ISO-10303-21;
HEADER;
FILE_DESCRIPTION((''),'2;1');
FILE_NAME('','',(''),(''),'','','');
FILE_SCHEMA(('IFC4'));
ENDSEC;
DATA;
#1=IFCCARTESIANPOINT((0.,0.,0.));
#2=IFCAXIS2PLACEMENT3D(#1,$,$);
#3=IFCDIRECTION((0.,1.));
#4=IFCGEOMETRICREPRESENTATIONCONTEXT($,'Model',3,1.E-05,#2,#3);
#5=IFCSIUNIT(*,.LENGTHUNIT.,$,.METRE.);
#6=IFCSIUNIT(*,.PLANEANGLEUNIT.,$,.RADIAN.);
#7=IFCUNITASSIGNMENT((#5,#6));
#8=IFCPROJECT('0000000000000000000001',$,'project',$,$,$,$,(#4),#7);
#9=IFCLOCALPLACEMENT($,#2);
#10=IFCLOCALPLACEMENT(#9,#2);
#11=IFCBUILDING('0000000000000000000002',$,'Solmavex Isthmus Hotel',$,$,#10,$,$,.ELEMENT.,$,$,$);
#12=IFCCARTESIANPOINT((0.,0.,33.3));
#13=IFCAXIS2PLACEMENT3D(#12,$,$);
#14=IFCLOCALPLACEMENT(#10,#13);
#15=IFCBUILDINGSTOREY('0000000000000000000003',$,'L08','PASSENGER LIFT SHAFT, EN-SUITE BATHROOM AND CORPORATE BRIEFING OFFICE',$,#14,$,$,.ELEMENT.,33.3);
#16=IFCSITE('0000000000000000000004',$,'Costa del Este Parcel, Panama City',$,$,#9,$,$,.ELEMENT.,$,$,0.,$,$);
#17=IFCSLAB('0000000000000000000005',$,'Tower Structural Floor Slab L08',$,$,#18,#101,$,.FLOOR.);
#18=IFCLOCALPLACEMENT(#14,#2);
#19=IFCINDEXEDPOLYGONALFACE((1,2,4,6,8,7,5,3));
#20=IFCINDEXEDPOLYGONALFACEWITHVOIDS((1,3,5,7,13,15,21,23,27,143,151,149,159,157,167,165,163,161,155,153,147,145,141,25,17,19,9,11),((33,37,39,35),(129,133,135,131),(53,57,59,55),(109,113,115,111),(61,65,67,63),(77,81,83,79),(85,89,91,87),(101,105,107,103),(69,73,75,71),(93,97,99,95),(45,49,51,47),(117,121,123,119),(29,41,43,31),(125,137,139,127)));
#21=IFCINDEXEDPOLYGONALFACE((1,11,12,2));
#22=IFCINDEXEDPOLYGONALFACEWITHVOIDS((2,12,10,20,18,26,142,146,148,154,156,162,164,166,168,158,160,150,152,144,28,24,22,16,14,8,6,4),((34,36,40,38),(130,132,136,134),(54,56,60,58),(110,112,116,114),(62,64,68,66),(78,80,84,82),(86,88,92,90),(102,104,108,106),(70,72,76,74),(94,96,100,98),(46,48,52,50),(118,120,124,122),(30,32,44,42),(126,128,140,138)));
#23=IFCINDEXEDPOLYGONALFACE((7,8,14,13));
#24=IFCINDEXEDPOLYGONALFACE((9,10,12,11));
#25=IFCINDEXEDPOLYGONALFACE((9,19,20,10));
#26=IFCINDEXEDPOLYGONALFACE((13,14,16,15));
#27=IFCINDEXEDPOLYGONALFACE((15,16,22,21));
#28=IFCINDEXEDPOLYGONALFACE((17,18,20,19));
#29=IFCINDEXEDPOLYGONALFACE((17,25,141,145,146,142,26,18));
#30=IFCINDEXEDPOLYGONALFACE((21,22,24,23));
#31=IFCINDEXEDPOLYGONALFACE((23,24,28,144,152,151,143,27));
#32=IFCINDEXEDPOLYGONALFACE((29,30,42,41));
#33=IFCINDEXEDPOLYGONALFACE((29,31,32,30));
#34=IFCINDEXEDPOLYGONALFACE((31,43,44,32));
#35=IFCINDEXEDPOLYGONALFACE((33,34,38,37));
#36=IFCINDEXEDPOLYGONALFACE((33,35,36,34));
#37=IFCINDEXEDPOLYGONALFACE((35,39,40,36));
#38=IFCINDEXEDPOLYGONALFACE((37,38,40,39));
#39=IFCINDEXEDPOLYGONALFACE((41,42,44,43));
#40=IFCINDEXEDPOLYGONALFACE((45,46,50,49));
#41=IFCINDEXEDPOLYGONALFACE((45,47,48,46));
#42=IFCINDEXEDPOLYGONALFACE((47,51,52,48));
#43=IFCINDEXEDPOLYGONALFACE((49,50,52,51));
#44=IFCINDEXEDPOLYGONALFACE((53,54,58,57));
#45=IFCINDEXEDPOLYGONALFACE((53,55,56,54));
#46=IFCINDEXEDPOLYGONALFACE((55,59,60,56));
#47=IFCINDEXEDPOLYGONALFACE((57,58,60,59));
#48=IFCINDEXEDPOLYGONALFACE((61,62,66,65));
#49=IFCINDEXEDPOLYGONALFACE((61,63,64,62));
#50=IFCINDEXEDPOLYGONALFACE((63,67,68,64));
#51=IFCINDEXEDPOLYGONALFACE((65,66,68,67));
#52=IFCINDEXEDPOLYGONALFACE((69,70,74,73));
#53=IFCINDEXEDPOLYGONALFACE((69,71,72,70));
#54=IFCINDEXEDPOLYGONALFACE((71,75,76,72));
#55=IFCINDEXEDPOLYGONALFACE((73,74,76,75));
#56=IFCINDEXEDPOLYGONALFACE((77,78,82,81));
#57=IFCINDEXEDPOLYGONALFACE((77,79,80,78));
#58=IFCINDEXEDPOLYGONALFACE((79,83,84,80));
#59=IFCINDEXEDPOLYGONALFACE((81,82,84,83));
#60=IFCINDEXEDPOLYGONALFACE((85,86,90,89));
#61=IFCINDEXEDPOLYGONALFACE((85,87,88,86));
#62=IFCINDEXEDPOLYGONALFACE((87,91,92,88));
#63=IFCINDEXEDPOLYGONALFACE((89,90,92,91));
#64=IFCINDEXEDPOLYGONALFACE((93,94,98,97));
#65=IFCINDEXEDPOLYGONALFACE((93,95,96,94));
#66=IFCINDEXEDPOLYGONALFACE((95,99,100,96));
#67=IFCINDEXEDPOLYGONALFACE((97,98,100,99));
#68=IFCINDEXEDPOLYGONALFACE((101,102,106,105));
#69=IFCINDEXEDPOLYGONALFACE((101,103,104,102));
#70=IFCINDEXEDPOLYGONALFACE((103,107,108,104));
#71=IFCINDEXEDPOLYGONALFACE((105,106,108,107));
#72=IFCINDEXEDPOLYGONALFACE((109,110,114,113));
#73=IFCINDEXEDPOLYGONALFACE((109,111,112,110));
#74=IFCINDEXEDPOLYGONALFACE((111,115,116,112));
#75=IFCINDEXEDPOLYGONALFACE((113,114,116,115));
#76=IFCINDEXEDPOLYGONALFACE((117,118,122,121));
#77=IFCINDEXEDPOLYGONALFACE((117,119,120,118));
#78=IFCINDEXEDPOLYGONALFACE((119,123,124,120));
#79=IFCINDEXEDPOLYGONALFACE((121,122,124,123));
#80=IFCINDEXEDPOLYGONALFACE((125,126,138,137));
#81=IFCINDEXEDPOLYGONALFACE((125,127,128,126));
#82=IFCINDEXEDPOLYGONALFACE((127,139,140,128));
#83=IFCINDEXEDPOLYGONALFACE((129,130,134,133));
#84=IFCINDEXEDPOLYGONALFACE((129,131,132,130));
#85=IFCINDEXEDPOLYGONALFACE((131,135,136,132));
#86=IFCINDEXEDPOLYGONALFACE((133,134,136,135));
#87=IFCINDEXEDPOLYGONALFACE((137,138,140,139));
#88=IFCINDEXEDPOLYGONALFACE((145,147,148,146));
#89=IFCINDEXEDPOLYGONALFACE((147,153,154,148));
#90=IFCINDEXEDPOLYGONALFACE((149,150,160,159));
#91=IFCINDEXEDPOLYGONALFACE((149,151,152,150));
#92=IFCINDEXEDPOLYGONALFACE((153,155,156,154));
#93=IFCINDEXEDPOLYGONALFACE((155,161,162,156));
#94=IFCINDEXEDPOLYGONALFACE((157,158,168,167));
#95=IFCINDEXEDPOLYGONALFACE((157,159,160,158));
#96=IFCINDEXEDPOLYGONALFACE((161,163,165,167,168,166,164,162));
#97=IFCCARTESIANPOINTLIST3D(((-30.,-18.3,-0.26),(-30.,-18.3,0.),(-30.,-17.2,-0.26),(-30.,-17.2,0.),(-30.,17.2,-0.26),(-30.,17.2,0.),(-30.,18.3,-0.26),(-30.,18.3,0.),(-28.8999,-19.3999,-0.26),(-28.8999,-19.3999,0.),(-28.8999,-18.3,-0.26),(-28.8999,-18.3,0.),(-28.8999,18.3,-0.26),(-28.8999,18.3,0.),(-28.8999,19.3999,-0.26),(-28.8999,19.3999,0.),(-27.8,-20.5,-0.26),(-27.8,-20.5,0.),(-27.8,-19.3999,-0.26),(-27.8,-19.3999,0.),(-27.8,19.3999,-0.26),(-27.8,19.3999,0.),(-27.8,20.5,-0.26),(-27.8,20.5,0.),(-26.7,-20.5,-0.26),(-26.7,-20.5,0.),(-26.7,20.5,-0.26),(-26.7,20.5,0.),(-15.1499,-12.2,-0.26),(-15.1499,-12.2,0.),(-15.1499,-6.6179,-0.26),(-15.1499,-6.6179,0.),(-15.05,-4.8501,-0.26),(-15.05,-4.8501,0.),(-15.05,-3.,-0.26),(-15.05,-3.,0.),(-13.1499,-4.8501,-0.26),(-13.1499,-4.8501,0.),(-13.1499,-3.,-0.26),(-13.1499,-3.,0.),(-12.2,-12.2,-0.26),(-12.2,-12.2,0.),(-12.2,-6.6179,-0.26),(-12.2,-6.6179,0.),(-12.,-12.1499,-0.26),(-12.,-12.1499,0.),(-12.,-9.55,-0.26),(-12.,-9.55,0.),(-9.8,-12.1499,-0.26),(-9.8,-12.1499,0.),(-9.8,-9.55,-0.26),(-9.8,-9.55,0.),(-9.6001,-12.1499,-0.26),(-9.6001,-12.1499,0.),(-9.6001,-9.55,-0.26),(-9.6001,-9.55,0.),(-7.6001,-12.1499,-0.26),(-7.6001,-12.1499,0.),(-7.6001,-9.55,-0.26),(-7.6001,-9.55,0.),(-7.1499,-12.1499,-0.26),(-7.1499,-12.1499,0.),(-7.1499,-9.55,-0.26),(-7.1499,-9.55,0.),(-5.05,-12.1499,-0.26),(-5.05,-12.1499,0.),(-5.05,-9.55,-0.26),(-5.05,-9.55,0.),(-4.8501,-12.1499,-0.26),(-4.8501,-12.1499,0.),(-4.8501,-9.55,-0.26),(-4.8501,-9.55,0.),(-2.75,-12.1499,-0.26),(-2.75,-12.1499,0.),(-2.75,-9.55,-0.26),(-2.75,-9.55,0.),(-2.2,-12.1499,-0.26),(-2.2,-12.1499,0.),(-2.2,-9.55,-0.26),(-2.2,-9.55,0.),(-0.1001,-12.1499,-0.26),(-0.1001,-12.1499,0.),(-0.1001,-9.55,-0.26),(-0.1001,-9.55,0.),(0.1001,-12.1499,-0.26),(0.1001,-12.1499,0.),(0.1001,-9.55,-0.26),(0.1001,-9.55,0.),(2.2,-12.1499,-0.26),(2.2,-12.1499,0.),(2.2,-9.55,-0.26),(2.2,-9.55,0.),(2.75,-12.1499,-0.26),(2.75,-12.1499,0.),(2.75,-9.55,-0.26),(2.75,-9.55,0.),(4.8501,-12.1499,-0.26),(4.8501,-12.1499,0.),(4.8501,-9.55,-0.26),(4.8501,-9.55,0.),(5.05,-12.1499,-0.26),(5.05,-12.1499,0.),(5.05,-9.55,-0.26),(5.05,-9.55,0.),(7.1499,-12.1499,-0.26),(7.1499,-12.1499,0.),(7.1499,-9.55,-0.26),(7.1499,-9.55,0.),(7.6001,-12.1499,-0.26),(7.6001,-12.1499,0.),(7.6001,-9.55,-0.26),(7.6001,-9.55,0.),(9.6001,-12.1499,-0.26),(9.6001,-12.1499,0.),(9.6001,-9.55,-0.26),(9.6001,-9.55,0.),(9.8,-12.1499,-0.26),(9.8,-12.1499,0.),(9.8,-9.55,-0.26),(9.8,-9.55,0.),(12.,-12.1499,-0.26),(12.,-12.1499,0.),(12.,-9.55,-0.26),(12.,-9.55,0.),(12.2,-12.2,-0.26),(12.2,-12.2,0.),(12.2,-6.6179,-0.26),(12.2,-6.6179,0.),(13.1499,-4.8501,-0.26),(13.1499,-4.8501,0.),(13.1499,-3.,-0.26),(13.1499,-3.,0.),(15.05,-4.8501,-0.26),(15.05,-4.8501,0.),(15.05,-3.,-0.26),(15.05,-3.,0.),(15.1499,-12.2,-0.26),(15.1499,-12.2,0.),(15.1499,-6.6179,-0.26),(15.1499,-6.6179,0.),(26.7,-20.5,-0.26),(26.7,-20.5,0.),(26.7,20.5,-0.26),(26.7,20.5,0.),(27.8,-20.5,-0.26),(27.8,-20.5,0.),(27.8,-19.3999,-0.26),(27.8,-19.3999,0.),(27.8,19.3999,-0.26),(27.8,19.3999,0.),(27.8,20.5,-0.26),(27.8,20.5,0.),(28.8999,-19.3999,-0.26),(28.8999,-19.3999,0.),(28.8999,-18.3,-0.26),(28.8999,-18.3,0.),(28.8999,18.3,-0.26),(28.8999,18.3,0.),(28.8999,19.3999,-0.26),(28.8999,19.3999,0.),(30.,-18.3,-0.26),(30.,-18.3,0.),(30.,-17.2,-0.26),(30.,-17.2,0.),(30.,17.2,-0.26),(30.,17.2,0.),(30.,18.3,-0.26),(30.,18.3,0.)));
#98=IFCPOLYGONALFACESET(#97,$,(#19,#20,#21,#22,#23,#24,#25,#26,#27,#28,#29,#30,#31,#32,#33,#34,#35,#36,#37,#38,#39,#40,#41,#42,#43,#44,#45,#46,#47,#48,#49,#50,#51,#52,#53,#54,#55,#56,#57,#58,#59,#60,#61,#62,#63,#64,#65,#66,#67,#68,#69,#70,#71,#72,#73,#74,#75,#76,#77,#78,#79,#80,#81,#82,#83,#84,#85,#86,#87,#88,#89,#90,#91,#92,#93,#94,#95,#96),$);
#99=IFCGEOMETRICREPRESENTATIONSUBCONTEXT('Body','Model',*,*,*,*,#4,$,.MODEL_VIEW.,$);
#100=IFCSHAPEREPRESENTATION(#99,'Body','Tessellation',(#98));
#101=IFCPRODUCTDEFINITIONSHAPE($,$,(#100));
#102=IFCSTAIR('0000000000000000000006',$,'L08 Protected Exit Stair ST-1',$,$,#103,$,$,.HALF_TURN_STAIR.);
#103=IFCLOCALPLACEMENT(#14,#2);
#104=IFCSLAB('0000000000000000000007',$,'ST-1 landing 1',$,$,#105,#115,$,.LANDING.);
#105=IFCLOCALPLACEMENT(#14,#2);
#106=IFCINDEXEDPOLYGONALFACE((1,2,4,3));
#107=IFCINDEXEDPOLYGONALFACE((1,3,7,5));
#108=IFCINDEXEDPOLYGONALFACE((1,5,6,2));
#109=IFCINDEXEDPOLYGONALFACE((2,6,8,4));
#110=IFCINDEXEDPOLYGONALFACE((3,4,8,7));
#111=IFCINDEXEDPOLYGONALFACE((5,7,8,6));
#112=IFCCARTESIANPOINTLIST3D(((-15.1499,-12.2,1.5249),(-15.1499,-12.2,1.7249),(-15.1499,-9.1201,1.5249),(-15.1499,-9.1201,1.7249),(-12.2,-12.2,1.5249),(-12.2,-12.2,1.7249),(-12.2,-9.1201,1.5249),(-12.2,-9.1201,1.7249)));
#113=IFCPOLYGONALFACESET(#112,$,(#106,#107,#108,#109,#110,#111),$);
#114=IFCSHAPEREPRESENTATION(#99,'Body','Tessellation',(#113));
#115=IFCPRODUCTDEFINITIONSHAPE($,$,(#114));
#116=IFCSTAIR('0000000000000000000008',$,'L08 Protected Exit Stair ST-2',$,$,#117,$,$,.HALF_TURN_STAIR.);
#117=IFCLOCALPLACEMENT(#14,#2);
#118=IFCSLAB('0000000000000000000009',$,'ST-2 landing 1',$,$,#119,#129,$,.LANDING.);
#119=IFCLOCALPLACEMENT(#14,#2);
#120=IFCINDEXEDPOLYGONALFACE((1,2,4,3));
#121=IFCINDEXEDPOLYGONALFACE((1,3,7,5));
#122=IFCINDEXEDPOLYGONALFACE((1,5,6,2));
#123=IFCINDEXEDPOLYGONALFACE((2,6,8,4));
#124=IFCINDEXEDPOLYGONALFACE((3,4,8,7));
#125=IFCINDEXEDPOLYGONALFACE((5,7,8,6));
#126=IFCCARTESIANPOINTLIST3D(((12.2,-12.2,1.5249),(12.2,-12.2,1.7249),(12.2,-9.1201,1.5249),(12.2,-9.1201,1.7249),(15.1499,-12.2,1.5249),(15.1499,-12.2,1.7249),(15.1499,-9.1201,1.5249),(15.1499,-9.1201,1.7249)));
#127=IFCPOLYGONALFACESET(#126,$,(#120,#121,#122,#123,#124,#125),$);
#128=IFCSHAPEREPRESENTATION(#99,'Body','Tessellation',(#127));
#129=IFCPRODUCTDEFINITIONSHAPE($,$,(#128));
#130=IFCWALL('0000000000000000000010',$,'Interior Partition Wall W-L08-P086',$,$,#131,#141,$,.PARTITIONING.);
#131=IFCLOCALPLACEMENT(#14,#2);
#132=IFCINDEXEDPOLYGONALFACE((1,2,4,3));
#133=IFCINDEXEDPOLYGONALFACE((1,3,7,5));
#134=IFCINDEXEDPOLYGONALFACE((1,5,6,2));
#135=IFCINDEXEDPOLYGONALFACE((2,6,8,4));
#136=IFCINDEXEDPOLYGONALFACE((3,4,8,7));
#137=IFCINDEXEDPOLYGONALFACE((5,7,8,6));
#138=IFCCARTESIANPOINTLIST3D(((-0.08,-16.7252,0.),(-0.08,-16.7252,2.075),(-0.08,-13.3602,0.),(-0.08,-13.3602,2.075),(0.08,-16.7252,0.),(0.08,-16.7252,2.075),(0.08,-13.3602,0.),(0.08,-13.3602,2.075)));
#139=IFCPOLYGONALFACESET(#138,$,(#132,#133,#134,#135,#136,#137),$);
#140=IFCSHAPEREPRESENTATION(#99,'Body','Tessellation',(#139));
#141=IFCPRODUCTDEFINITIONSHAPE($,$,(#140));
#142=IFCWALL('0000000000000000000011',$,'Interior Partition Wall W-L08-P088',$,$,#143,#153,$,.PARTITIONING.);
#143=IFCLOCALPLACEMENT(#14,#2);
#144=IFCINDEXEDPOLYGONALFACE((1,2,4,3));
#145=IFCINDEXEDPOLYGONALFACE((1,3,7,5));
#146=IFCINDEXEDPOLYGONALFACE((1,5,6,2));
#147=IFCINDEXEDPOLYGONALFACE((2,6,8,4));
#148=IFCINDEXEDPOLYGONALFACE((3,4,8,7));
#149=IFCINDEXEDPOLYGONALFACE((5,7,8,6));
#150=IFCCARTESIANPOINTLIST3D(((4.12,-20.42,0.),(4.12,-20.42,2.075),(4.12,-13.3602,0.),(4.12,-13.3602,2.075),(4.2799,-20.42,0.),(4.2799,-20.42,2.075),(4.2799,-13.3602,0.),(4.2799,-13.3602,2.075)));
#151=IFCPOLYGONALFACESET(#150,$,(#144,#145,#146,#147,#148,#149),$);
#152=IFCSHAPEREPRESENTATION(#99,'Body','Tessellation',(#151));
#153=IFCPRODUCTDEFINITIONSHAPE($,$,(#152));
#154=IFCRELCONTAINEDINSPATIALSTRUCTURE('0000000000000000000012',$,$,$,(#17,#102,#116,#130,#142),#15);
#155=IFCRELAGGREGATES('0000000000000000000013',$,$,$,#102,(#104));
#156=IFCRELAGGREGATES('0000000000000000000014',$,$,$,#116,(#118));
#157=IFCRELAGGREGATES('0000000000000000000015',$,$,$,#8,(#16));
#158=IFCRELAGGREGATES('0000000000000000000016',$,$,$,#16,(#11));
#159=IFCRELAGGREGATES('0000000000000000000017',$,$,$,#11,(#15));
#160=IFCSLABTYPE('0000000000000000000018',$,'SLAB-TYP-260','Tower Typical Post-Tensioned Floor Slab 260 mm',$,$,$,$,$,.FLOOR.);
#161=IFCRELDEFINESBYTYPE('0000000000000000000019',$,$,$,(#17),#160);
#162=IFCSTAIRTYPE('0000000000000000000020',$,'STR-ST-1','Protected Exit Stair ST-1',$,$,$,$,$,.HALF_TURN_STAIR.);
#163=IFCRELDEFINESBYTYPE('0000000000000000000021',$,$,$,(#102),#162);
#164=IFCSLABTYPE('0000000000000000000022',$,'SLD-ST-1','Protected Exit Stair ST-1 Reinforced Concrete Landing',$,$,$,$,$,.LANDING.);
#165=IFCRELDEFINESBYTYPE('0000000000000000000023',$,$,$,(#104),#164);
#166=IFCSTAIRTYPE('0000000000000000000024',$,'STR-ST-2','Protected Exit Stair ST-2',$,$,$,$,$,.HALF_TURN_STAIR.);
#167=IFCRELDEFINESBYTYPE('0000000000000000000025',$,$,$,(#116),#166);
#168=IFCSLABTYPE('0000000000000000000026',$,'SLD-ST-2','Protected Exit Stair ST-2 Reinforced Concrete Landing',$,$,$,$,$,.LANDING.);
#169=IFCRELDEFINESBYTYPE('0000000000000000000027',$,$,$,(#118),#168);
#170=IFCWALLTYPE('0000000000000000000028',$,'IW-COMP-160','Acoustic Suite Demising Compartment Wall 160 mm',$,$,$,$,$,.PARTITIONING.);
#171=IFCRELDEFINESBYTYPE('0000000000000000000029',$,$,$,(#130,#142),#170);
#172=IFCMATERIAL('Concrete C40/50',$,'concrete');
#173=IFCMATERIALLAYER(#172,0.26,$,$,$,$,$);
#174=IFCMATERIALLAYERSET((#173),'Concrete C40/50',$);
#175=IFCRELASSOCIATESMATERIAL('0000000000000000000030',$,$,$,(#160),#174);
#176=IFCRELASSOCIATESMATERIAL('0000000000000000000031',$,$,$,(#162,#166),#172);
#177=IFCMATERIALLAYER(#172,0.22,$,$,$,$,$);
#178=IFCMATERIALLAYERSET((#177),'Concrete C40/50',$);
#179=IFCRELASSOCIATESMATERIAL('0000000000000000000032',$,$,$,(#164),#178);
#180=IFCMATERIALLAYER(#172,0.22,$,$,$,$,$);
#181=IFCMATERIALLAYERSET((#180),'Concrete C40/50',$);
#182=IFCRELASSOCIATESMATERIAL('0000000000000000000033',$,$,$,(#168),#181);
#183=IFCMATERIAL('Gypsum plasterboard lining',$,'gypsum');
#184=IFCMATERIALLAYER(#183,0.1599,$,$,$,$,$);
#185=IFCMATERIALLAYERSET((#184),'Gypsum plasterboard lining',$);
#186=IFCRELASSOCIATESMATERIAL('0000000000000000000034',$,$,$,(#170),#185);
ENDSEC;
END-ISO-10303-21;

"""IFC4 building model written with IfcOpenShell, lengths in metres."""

from ifc_helpers import new_model, si_unit, direction, frame, frame_2d, origin, place, context, subcontext, project, spatial, polyline, rectangle, outline, extrude, material, layer, layer_set, type_object, element, aggregate, save


model = new_model("IFC4")

# Units and contexts
model_context = context("Model", 3, precision=1e-05, world=origin(), true_north=direction((0.0, 1.0)))
body_context = subcontext(model_context, "Body", "Model", "MODEL_VIEW")
ifc_project = project(units=[si_unit("LENGTHUNIT", "METRE"), si_unit("PLANEANGLEUNIT", "RADIAN")], contexts=[model_context])

# Site, building, storey
site_placement = place(None, origin())
site = spatial("IfcSite", under=ifc_project, at=site_placement, Name="Costa del Este Parcel, Panama City", CompositionType="ELEMENT", RefElevation=0.0)
building_placement = place(site_placement, origin())
building = spatial("IfcBuilding", under=site, at=building_placement, Name="Solmavex Isthmus Hotel", CompositionType="ELEMENT")
storey_placement = place(building_placement, frame((0.0, 0.0, 33.3)))
storey = spatial("IfcBuildingStorey", under=building, at=storey_placement, Name="L08", Description="PASSENGER LIFT SHAFT, EN-SUITE BATHROOM AND CORPORATE BRIEFING OFFICE", CompositionType="ELEMENT", Elevation=33.3)

# Slab
ifc_material_1 = material(Name="Concrete C40/50", Category="concrete")
ifc_layer_1 = layer(ifc_material_1, 0.26)
ifc_layer_set_1 = layer_set([ifc_layer_1], Name="Concrete C40/50")
slab_type_1 = type_object("IfcSlabType", Name="SLAB-TYP-260", Description="Tower Typical Post-Tensioned Floor Slab 260 mm", PredefinedType="FLOOR", material=ifc_layer_set_1)
slab_1_placement = place(storey_placement, frame((0.0, 0.0, -0.26)))
element("IfcSlab", 1, at=slab_1_placement, inside=storey, type_object=slab_type_1, Name="Tower Structural Floor Slab L08", PredefinedType="FLOOR", context=body_context, shape_type="SweptSolid", body=[
    extrude(outline(polyline([(-26.7, -20.5), (26.7, -20.5), (27.8, -20.5), (27.8, -19.3999), (28.8999, -19.3999), (28.8999, -18.3), (30.0, -18.3), (30.0, -17.2), (30.0, 17.2), (30.0, 18.3), (28.8999, 18.3), (28.8999, 19.3999), (27.8, 19.3999), (27.8, 20.5), (26.7, 20.5), (-26.7, 20.5), (-27.8, 20.5), (-27.8, 19.3999), (-28.8999, 19.3999), (-28.8999, 18.3), (-30.0, 18.3), (-30.0, 17.2), (-30.0, -17.2), (-30.0, -18.3), (-28.8999, -18.3), (-28.8999, -19.3999), (-27.8, -19.3999), (-27.8, -20.5), (-26.7, -20.5)]), holes=[polyline([(-15.1499, -6.6179), (-15.1499, -12.2), (-12.2, -12.2), (-12.2, -6.6179), (-15.1499, -6.6179)]), polyline([(12.2, -6.6179), (12.2, -12.2), (15.1499, -12.2), (15.1499, -6.6179), (12.2, -6.6179)]), polyline([(-12.0, -12.1499), (-9.8, -12.1499), (-9.8, -9.55), (-12.0, -9.55), (-12.0, -12.1499)]), polyline([(9.8, -12.1499), (12.0, -12.1499), (12.0, -9.55), (9.8, -9.55), (9.8, -12.1499)]), polyline([(-9.6001, -12.1499), (-7.6001, -12.1499), (-7.6001, -9.55), (-9.6001, -9.55), (-9.6001, -12.1499)]), polyline([(7.6001, -12.1499), (9.6001, -12.1499), (9.6001, -9.55), (7.6001, -9.55), (7.6001, -12.1499)]), polyline([(-7.1499, -12.1499), (-5.05, -12.1499), (-5.05, -9.55), (-7.1499, -9.55), (-7.1499, -12.1499)]), polyline([(-4.8501, -12.1499), (-2.75, -12.1499), (-2.75, -9.55), (-4.8501, -9.55), (-4.8501, -12.1499)]), polyline([(-2.2, -12.1499), (-0.1001, -12.1499), (-0.1001, -9.55), (-2.2, -9.55), (-2.2, -12.1499)]), polyline([(0.1001, -12.1499), (2.2, -12.1499), (2.2, -9.55), (0.1001, -9.55), (0.1001, -12.1499)]), polyline([(2.75, -12.1499), (4.8501, -12.1499), (4.8501, -9.55), (2.75, -9.55), (2.75, -12.1499)]), polyline([(5.05, -12.1499), (7.1499, -12.1499), (7.1499, -9.55), (5.05, -9.55), (5.05, -12.1499)]), polyline([(-15.05, -4.8501), (-13.1499, -4.8501), (-13.1499, -3.0), (-15.05, -3.0), (-15.05, -4.8501)]), polyline([(13.1499, -4.8501), (15.05, -4.8501), (15.05, -3.0), (13.1499, -3.0), (13.1499, -4.8501)])]), origin(), (0.0, 0.0, 1.0), 0.26),
])

# Stairs, slabs
stair_type_1 = type_object("IfcStairType", Name="STR-ST-1", Description="Protected Exit Stair ST-1", PredefinedType="HALF_TURN_STAIR", material=ifc_material_1)
stair_1_placement = place(storey_placement, origin())
stair_1 = element("IfcStair", 2, at=stair_1_placement, inside=storey, type_object=stair_type_1, Name="L08 Protected Exit Stair ST-1", PredefinedType="HALF_TURN_STAIR")
ifc_layer_2 = layer(ifc_material_1, 0.22)
ifc_layer_set_2 = layer_set([ifc_layer_2], Name="Concrete C40/50")
slab_type_2 = type_object("IfcSlabType", Name="SLD-ST-1", Description="Protected Exit Stair ST-1 Reinforced Concrete Landing", PredefinedType="LANDING", material=ifc_layer_set_2)
slab_2_placement = place(storey_placement, frame((0.0, 0.0, 1.5249)))
slab_2 = element("IfcSlab", 3, at=slab_2_placement, type_object=slab_type_2, Name="ST-1 landing 1", PredefinedType="LANDING", context=body_context, shape_type="SweptSolid", body=[
    extrude(outline(polyline([(-15.1499, -9.1201), (-15.1499, -12.2), (-12.2, -12.2), (-12.2, -9.1201), (-15.1499, -9.1201)])), origin(), (0.0, 0.0, 1.0), 0.2),
])
aggregate(stair_1, [slab_2])
stair_type_2 = type_object("IfcStairType", Name="STR-ST-2", Description="Protected Exit Stair ST-2", PredefinedType="HALF_TURN_STAIR", material=ifc_material_1)
stair_2_placement = place(storey_placement, origin())
stair_2 = element("IfcStair", 4, at=stair_2_placement, inside=storey, type_object=stair_type_2, Name="L08 Protected Exit Stair ST-2", PredefinedType="HALF_TURN_STAIR")
ifc_layer_3 = layer(ifc_material_1, 0.22)
ifc_layer_set_3 = layer_set([ifc_layer_3], Name="Concrete C40/50")
slab_type_3 = type_object("IfcSlabType", Name="SLD-ST-2", Description="Protected Exit Stair ST-2 Reinforced Concrete Landing", PredefinedType="LANDING", material=ifc_layer_set_3)
slab_3_placement = place(storey_placement, frame((0.0, 0.0, 1.5249)))
slab_3 = element("IfcSlab", 5, at=slab_3_placement, type_object=slab_type_3, Name="ST-2 landing 1", PredefinedType="LANDING", context=body_context, shape_type="SweptSolid", body=[
    extrude(outline(polyline([(12.2, -9.1201), (12.2, -12.2), (15.1499, -12.2), (15.1499, -9.1201), (12.2, -9.1201)])), origin(), (0.0, 0.0, 1.0), 0.2),
])
aggregate(stair_2, [slab_3])

# Walls
ifc_material_2 = material(Name="Gypsum plasterboard lining", Category="gypsum")
ifc_layer_4 = layer(ifc_material_2, 0.1599)
ifc_layer_set_4 = layer_set([ifc_layer_4], Name="Gypsum plasterboard lining")
wall_type_1 = type_object("IfcWallType", Name="IW-COMP-160", Description="Acoustic Suite Demising Compartment Wall 160 mm", PredefinedType="PARTITIONING", material=ifc_layer_set_4)
wall_1_placement = place(storey_placement, frame((0.0, -13.3601, 0.0), z_axis=(0.0, 0.0, 1.0), x_axis=(0.0, -1.0, 0.0)))
element("IfcWall", 6, at=wall_1_placement, inside=storey, type_object=wall_type_1, Name="Interior Partition Wall W-L08-P086", PredefinedType="PARTITIONING", context=body_context, shape_type="SweptSolid", body=[
    extrude(rectangle(XDim=3.365, YDim=0.1599, at=frame_2d((1.6826, 0.0))), origin(), (0.0, 0.0, 1.0), 2.075),
])
wall_2_placement = place(storey_placement, frame((4.2, -20.4199, 0.0), z_axis=(0.0, 0.0, 1.0), x_axis=(0.0, 1.0, 0.0)))
element("IfcWall", 7, at=wall_2_placement, inside=storey, type_object=wall_type_1, Name="Interior Partition Wall W-L08-P088", PredefinedType="PARTITIONING", context=body_context, shape_type="SweptSolid", body=[
    extrude(rectangle(XDim=7.0598, YDim=0.1599, at=frame_2d((3.5298, 0.0))), origin(), (0.0, 0.0, 1.0), 2.075),
])

save(model, "model.ifc")
